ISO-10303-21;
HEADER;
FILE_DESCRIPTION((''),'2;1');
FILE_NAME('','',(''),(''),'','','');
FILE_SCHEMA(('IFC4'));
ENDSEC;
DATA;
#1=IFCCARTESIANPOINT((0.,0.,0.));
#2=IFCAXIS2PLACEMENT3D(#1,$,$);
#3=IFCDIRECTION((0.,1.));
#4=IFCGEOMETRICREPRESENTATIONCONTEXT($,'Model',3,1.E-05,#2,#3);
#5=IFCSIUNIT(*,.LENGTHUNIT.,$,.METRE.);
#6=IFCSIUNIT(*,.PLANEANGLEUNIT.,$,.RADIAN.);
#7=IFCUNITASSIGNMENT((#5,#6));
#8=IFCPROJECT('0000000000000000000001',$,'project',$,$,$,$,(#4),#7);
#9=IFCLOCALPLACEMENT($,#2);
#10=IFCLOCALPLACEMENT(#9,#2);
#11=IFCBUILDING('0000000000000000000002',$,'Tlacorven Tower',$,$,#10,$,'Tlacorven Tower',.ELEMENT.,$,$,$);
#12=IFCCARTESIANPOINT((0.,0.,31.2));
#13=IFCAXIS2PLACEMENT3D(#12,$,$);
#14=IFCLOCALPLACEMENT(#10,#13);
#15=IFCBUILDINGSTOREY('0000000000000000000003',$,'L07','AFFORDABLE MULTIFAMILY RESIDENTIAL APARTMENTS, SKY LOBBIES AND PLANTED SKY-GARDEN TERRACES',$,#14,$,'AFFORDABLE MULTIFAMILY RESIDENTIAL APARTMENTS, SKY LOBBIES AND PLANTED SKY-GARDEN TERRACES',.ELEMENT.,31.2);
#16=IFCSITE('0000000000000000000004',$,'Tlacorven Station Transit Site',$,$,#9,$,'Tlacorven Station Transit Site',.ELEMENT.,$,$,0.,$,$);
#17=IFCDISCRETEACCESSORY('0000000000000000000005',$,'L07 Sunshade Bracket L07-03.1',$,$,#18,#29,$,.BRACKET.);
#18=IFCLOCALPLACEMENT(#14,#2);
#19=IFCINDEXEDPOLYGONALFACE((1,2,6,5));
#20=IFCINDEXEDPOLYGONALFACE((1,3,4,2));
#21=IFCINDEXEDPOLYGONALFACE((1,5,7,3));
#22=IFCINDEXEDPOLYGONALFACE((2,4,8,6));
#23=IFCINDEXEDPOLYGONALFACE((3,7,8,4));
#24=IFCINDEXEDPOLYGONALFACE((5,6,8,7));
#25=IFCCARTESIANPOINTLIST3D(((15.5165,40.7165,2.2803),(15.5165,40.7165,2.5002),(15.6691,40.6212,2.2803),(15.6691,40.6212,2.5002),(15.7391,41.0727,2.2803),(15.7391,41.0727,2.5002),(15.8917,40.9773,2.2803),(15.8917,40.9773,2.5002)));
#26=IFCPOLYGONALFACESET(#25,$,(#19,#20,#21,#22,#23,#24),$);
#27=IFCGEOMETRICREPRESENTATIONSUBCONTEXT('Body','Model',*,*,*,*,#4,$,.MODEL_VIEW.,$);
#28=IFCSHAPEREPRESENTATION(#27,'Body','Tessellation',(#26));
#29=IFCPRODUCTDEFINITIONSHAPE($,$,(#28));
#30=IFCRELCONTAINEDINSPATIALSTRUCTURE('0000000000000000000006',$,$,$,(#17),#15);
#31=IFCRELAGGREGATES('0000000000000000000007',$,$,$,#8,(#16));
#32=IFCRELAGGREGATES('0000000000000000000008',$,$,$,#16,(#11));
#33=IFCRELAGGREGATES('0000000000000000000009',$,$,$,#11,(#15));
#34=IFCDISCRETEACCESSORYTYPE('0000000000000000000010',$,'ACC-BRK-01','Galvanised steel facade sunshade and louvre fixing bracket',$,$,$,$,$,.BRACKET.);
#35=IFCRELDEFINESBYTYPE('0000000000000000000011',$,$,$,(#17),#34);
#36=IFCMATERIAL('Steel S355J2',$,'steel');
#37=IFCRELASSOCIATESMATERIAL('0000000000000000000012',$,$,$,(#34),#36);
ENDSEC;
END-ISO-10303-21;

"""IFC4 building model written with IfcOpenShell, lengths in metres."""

from ifc_helpers import new_model, si_unit, direction, frame, origin, origin_2d, place, context, subcontext, project, spatial, rectangle, extrude, source, transform, mapped, material, type_object, element, save


model = new_model("IFC4")

# Units and contexts
model_context = context("Model", 3, precision=1e-05, world=origin(), true_north=direction((0.0, 1.0)))
body_context = subcontext(model_context, "Body", "Model", "MODEL_VIEW")
ifc_project = project(units=[si_unit("LENGTHUNIT", "METRE"), si_unit("PLANEANGLEUNIT", "RADIAN")], contexts=[model_context])

# Site, building, storey
site_placement = place(None, origin())
site = spatial("IfcSite", under=ifc_project, at=site_placement, Name="Tlacorven Station Transit Site", LongName="Tlacorven Station Transit Site", CompositionType="ELEMENT", RefElevation=0.0)
building_placement = place(site_placement, origin())
building = spatial("IfcBuilding", under=site, at=building_placement, Name="Tlacorven Tower", LongName="Tlacorven Tower", CompositionType="ELEMENT")
storey_placement = place(building_placement, frame((0.0, 0.0, 31.2)))
storey = spatial("IfcBuildingStorey", under=building, at=storey_placement, Name="L07", Description="AFFORDABLE MULTIFAMILY RESIDENTIAL APARTMENTS, SKY LOBBIES AND PLANTED SKY-GARDEN TERRACES", LongName="AFFORDABLE MULTIFAMILY RESIDENTIAL APARTMENTS, SKY LOBBIES AND PLANTED SKY-GARDEN TERRACES", CompositionType="ELEMENT", Elevation=31.2)

# Shared definitions
ifc_material_1 = material(Name="Steel S355J2", Category="steel")

# Discrete accessory
discrete_accessory_type = type_object("IfcDiscreteAccessoryType", Name="ACC-BRK-01", Description="Galvanised steel facade sunshade and louvre fixing bracket", PredefinedType="BRACKET", material=ifc_material_1)
shared_shape_1 = source(origin(), body_context, "Body", "SweptSolid", [
    extrude(rectangle(XDim=0.1799, YDim=0.4199, at=origin_2d()), origin(), (0.0, 0.0, 1.0), 0.22),
])
discrete_accessory_placement = place(storey_placement, frame((15.7041, 40.8469, 2.2803), z_axis=(0.0, 0.0, 1.0), x_axis=(0.848048, -0.529919, 0.0)))
element("IfcDiscreteAccessory", 1, at=discrete_accessory_placement, inside=storey, type_object=discrete_accessory_type, Name="L07 Sunshade Bracket L07-03.1", PredefinedType="BRACKET", context=body_context, shape_type="MappedRepresentation", body=[
    mapped(shared_shape_1, transform((0.0, 0.0, 0.0), scale=1.0)),
])

save(model, "model.ifc")
